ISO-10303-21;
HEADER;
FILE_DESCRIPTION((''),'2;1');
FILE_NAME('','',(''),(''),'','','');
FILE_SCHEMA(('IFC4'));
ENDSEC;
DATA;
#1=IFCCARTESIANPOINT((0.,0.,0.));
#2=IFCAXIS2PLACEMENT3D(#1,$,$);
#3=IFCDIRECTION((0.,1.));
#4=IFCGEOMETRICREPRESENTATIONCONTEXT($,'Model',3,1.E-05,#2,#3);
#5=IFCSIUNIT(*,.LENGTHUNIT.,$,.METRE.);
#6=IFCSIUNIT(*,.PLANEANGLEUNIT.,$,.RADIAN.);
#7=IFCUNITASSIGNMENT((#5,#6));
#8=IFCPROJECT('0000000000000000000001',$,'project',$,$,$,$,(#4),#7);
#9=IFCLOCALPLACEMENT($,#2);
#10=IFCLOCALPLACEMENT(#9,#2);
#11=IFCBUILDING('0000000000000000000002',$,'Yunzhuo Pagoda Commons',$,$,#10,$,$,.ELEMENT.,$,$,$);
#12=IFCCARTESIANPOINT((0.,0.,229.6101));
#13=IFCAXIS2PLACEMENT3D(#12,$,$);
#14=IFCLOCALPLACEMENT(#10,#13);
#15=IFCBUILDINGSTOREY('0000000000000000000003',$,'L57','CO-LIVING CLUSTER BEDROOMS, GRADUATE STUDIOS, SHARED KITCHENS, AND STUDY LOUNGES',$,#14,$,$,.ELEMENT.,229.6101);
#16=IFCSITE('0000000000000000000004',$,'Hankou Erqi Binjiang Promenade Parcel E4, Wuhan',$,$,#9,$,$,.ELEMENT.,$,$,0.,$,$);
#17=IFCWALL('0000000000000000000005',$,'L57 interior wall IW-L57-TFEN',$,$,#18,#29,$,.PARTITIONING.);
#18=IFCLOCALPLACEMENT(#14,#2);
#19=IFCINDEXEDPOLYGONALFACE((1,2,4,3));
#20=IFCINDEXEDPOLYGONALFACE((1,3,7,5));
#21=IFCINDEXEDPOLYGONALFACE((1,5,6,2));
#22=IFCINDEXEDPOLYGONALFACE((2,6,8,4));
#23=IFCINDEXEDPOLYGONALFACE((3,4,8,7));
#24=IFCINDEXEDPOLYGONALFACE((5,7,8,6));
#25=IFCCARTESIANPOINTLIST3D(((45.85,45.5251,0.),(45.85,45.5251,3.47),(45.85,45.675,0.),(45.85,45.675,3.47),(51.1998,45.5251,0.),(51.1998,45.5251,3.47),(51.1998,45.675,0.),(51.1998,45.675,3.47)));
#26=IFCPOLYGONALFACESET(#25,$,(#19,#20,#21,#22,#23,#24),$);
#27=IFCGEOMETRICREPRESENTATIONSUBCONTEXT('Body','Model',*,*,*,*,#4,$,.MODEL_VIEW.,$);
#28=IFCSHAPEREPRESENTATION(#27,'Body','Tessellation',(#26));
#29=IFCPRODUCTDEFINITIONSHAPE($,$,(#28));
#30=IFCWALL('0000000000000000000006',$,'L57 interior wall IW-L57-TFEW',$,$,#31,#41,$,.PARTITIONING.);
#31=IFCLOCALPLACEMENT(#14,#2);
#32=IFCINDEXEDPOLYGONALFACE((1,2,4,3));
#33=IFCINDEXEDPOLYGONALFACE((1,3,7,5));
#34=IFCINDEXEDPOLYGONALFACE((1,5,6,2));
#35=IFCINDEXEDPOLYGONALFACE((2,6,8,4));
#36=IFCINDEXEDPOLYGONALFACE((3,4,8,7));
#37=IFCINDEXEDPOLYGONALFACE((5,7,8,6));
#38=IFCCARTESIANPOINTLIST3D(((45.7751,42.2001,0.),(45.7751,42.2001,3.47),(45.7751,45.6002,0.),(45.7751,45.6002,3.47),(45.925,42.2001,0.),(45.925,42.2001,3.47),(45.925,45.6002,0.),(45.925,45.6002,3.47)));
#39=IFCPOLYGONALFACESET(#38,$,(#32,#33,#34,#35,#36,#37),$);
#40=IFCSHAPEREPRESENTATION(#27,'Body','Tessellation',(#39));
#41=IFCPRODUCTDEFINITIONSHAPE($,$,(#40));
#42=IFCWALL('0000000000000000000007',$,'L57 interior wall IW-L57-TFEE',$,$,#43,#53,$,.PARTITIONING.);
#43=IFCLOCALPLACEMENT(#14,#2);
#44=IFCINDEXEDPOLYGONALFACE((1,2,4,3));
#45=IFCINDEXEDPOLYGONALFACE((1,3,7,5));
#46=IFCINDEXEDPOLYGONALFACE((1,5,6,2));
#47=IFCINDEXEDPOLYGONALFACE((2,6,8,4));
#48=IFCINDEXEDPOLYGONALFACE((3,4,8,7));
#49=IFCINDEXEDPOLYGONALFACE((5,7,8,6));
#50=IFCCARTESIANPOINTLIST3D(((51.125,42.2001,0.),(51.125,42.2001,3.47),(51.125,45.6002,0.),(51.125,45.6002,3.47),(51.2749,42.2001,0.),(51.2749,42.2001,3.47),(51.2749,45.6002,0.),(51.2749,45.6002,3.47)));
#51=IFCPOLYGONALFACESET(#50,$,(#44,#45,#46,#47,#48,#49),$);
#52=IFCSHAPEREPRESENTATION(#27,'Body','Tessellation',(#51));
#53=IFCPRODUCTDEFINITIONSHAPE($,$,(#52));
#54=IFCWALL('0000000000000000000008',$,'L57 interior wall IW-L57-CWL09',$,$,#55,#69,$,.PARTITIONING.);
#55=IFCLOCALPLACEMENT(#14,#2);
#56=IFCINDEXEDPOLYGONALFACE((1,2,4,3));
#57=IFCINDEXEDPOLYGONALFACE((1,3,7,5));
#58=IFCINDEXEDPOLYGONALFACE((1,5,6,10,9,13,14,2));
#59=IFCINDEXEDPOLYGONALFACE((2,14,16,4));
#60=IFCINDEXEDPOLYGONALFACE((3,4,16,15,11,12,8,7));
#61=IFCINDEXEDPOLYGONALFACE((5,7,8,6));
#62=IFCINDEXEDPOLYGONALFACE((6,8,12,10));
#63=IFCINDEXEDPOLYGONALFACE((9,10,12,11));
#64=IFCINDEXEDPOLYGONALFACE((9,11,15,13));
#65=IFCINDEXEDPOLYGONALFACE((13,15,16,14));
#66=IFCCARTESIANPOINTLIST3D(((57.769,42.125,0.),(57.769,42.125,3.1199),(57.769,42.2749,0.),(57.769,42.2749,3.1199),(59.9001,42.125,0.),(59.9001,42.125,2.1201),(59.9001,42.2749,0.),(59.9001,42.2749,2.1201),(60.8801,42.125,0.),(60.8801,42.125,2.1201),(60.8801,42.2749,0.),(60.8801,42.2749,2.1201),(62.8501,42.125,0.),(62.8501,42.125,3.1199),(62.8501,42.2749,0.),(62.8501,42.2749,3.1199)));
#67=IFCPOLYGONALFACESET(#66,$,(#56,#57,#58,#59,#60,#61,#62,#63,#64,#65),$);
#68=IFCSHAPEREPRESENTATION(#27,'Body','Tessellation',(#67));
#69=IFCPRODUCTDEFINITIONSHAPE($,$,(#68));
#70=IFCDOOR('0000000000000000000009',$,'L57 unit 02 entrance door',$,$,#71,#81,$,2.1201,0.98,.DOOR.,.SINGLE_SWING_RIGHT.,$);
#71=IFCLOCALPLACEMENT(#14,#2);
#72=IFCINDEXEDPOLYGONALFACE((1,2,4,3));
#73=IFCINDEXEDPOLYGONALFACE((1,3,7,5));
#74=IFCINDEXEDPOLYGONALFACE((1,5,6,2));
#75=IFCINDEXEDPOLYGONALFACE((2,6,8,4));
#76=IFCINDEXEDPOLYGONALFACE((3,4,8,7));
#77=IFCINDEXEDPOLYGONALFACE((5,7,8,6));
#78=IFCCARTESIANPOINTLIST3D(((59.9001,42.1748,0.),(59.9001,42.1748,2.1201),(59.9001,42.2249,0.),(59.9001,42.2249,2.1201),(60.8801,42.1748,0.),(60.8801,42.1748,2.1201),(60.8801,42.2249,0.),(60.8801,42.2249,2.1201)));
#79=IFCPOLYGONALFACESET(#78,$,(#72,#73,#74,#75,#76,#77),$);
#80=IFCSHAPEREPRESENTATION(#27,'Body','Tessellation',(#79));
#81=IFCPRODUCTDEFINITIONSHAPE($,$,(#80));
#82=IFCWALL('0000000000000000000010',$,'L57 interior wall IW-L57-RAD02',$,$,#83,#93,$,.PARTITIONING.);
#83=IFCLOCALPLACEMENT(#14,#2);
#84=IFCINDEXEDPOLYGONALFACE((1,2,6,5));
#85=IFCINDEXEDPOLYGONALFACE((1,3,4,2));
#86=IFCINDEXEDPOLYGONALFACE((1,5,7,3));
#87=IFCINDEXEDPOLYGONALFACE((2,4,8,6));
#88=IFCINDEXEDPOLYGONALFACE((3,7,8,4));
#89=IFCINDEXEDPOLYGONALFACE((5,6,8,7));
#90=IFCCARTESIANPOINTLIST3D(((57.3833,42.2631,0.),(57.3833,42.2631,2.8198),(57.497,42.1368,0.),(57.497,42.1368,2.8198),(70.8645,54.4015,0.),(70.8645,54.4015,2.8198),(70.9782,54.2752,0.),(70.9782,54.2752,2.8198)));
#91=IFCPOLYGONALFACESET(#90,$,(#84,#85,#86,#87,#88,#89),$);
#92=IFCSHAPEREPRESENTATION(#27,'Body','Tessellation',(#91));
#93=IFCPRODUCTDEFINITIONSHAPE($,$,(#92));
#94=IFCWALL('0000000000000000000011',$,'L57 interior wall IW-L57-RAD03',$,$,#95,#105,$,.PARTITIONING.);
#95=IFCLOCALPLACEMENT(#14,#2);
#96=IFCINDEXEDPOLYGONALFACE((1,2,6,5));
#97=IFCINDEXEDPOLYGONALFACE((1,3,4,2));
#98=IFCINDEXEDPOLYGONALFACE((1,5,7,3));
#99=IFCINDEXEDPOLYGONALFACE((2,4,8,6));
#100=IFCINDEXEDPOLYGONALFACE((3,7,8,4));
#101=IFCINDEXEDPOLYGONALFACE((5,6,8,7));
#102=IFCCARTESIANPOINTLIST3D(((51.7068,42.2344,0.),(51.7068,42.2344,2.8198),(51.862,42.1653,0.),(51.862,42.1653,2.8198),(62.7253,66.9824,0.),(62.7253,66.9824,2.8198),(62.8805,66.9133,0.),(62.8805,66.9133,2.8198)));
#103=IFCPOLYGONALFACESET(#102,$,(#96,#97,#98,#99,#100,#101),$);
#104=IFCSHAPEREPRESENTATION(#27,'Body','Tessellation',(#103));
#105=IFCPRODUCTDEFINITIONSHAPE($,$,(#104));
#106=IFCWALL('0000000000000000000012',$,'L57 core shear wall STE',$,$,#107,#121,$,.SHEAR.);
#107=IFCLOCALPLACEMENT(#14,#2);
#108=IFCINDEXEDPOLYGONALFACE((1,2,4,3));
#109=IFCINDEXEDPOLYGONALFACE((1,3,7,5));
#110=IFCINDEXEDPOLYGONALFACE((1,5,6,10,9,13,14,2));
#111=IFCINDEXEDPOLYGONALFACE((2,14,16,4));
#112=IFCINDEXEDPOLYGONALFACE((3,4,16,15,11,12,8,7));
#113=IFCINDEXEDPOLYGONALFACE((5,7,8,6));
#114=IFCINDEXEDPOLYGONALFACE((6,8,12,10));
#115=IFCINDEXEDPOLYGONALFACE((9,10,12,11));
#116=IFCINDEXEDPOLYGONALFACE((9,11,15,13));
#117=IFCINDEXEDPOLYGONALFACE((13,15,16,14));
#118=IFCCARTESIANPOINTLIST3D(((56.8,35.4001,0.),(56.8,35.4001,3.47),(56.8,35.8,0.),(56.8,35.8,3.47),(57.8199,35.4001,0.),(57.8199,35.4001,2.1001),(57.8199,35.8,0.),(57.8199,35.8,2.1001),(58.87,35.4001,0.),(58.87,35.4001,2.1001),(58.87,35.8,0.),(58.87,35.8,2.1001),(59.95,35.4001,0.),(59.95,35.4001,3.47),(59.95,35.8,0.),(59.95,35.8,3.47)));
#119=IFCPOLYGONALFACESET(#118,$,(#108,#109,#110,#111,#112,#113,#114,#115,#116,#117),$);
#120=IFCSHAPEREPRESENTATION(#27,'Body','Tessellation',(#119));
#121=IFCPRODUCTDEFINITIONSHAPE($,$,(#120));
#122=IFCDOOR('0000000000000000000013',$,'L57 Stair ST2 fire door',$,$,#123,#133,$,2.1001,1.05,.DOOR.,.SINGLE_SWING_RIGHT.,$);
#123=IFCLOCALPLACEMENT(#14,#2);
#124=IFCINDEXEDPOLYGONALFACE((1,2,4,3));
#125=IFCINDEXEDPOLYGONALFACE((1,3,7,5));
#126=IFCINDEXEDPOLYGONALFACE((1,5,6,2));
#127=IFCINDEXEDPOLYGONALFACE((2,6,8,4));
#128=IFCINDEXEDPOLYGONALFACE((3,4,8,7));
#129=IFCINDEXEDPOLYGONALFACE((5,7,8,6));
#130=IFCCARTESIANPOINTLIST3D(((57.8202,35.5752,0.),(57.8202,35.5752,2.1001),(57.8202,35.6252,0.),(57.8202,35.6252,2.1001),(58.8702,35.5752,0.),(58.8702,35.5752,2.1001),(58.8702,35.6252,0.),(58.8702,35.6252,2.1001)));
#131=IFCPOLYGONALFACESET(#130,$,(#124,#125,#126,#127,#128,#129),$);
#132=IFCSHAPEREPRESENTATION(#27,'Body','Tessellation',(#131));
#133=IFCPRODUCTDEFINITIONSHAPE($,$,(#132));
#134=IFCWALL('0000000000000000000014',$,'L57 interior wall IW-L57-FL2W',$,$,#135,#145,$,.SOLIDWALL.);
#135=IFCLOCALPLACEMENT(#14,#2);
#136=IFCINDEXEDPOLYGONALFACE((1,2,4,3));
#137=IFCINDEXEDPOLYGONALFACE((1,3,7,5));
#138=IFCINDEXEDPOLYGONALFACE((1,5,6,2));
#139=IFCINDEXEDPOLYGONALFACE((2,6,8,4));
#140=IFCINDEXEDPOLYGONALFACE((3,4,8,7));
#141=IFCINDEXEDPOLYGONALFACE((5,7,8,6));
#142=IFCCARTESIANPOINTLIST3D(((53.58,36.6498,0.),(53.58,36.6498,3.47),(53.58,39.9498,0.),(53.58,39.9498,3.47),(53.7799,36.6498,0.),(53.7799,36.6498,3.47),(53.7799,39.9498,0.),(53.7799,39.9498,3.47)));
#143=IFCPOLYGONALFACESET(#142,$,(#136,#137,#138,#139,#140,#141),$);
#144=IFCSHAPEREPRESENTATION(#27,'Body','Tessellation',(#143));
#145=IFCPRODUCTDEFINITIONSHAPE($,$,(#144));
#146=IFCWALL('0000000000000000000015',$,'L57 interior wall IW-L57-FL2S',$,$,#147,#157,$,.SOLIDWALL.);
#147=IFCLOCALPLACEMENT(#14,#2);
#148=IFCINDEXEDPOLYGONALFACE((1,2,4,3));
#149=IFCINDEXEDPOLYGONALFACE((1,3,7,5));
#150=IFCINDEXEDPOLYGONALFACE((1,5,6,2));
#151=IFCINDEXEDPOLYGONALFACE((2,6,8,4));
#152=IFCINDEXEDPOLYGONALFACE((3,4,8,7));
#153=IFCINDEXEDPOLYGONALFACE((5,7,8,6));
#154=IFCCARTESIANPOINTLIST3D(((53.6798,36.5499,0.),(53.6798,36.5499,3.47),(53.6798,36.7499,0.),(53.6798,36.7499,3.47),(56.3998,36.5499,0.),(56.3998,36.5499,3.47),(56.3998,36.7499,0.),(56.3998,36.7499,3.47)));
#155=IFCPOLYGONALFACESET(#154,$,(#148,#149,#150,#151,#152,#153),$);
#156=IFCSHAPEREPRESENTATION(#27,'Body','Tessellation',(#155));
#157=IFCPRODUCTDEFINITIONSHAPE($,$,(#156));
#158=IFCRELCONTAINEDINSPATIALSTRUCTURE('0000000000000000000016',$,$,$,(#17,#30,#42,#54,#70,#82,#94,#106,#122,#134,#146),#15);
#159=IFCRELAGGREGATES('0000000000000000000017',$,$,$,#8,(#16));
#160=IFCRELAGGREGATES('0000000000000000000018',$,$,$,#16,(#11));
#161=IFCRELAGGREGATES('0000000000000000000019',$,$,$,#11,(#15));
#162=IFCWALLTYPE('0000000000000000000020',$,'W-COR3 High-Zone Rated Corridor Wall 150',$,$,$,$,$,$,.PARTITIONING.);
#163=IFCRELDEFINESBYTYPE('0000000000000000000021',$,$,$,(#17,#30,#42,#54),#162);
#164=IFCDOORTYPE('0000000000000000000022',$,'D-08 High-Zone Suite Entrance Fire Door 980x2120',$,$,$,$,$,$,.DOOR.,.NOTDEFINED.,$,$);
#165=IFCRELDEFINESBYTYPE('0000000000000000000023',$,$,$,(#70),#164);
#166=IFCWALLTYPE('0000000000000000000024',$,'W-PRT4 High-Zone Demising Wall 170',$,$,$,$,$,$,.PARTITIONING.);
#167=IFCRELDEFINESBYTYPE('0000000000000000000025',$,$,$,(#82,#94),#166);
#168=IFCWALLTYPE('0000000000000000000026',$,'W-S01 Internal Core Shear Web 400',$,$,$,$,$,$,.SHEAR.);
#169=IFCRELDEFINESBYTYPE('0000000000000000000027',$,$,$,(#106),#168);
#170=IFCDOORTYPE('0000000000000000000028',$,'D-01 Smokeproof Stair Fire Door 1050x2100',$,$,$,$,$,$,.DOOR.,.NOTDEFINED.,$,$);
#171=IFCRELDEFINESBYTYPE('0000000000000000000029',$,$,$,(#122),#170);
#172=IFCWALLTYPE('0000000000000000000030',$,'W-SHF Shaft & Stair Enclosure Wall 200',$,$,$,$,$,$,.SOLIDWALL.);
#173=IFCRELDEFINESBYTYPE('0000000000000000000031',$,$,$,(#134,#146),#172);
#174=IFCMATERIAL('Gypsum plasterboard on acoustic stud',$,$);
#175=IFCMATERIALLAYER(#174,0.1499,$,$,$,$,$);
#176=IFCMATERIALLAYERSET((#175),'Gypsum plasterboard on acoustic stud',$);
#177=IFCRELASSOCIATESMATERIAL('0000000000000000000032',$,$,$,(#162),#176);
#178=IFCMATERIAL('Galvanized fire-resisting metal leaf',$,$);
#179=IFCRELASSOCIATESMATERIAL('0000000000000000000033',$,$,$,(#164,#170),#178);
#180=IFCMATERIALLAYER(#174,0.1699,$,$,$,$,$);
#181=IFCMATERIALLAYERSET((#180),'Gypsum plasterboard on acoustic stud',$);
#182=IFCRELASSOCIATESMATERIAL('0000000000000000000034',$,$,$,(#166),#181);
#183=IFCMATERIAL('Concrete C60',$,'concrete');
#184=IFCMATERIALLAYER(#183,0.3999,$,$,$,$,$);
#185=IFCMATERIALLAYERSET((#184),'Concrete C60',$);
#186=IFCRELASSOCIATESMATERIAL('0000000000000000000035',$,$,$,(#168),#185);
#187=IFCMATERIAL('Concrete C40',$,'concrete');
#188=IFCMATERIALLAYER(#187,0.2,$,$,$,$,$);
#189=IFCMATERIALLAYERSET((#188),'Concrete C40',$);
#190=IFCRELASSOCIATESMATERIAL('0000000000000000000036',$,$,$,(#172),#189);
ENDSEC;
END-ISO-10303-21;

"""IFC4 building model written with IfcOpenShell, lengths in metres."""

from ifc_helpers import new_model, si_unit, direction, frame, frame_2d, origin, origin_with_axes, place, context, subcontext, project, spatial, rectangle, extrude, source, transform, mapped, material, layer, layer_set, type_object, element, fill, save


model = new_model("IFC4")

# Units and contexts
model_context = context("Model", 3, precision=1e-05, world=origin(), true_north=direction((0.0, 1.0)))
body_context = subcontext(model_context, "Body", "Model", "MODEL_VIEW")
ifc_project = project(units=[si_unit("LENGTHUNIT", "METRE"), si_unit("PLANEANGLEUNIT", "RADIAN")], contexts=[model_context])

# Site, building, storey
site_placement = place(None, origin())
site = spatial("IfcSite", under=ifc_project, at=site_placement, Name="Hankou Erqi Binjiang Promenade Parcel E4, Wuhan", CompositionType="ELEMENT", RefElevation=0.0)
building_placement = place(site_placement, origin())
building = spatial("IfcBuilding", under=site, at=building_placement, Name="Yunzhuo Pagoda Commons", CompositionType="ELEMENT")
storey_placement = place(building_placement, frame((0.0, 0.0, 229.6101)))
storey = spatial("IfcBuildingStorey", under=building, at=storey_placement, Name="L57", Description="CO-LIVING CLUSTER BEDROOMS, GRADUATE STUDIOS, SHARED KITCHENS, AND STUDY LOUNGES", CompositionType="ELEMENT", Elevation=229.6101)

# Shared definitions
ifc_material_1 = material(Name="Galvanized fire-resisting metal leaf")
shared_shape_1 = source(origin(), body_context, "Body", "SweptSolid", [
    extrude(rectangle(XDim=1.05, YDim=2.1001, at=frame_2d((0.5249, 1.05))), frame((0.0, 0.0249, 0.0), z_axis=(0.0, -1.0, 0.0), x_axis=(1.0, 0.0, 0.0)), (0.0, 0.0, 1.0), 0.05),
])
ifc_material_2 = material(Name="Gypsum plasterboard on acoustic stud")
ifc_layer_1 = layer(ifc_material_2, 0.1499)
ifc_layer_set_1 = layer_set([ifc_layer_1], Name="Gypsum plasterboard on acoustic stud")
wall_type_1 = type_object("IfcWallType", Name="W-COR3 High-Zone Rated Corridor Wall 150", PredefinedType="PARTITIONING", material=ifc_layer_set_1)

# Walls
wall_1_placement = place(storey_placement, frame((45.8501, 45.6001, 0.0), z_axis=(0.0, 0.0, 1.0), x_axis=(1.0, 0.0, 0.0)))
element("IfcWall", 1, at=wall_1_placement, inside=storey, type_object=wall_type_1, Name="L57 interior wall IW-L57-TFEN", PredefinedType="PARTITIONING", context=body_context, shape_type="SweptSolid", body=[
    extrude(rectangle(XDim=5.3499, YDim=0.1499, at=frame_2d((2.6748, 0.0))), origin(), (0.0, 0.0, 1.0), 3.47),
])
for number, where, z_axis, x_axis, name in (
    (2, (45.8501, 42.2, 0.0), (0.0, 0.0, 1.0), (0.0, 1.0, 0.0), "L57 interior wall IW-L57-TFEW"),
    (3, (51.2, 42.2, 0.0), (0.0, 0.0, 1.0), (0.0, 1.0, 0.0), "L57 interior wall IW-L57-TFEE"),
):
    element("IfcWall", number, at=place(storey_placement, frame(where, z_axis=z_axis, x_axis=x_axis)), inside=storey, type_object=wall_type_1, Name=name, PredefinedType="PARTITIONING", context=body_context, shape_type="SweptSolid", body=[
        extrude(rectangle(XDim=3.4001, YDim=0.1499, at=frame_2d((1.7002, 0.0))), origin(), (0.0, 0.0, 1.0), 3.47),
    ])

# Wall, opening, door
door_type_1 = type_object("IfcDoorType", Name="D-08 High-Zone Suite Entrance Fire Door 980x2120", OperationType="NOTDEFINED", PredefinedType="DOOR", material=ifc_material_1)
shared_shape_2 = source(origin(), body_context, "Body", "SweptSolid", [
    extrude(rectangle(XDim=0.98, YDim=2.1201, at=frame_2d((0.49, 1.0601))), frame((0.0, 0.0249, 0.0), z_axis=(0.0, -1.0, 0.0), x_axis=(1.0, 0.0, 0.0)), (0.0, 0.0, 1.0), 0.05),
])
wall_2_placement = place(storey_placement, frame((57.769, 42.2, 0.0), z_axis=(0.0, 0.0, 1.0), x_axis=(1.0, 0.0, 0.0)))
wall_2 = element("IfcWall", 4, at=wall_2_placement, inside=storey, type_object=wall_type_1, Name="L57 interior wall IW-L57-CWL09", PredefinedType="PARTITIONING", context=body_context, shape_type="SweptSolid", body=[
    extrude(rectangle(XDim=5.0811, YDim=0.1499, at=frame_2d((2.5405, 0.0))), origin(), (0.0, 0.0, 1.0), 3.1199),
])
opening_1_placement = place(wall_2_placement, frame((2.1311, 0.0, 0.0)))
opening_1 = element("IfcOpeningElement", 5, at=opening_1_placement, cuts=wall_2, PredefinedType="OPENING", context=body_context, shape_type="SweptSolid", body=[
    extrude(rectangle(XDim=0.98, YDim=2.1201, at=frame_2d((0.49, 1.0601))), frame((0.0, 0.085, 0.0), z_axis=(0.0, -1.0, 0.0), x_axis=(1.0, 0.0, 0.0)), (0.0, 0.0, 1.0), 0.1699),
])
door_1_placement = place(opening_1_placement, origin_with_axes())
door_1 = element("IfcDoor", 6, at=door_1_placement, inside=storey, type_object=door_type_1, Name="L57 unit 02 entrance door", OperationType="SINGLE_SWING_RIGHT", OverallHeight=2.1201, OverallWidth=0.98, PredefinedType="DOOR", context=body_context, shape_type="MappedRepresentation", body=[
    mapped(shared_shape_2, transform((0.0, 0.0, 0.0), scale=1.0)),
])
fill(opening_1, door_1)

# Walls
ifc_layer_2 = layer(ifc_material_2, 0.1699)
ifc_layer_set_2 = layer_set([ifc_layer_2], Name="Gypsum plasterboard on acoustic stud")
wall_type_2 = type_object("IfcWallType", Name="W-PRT4 High-Zone Demising Wall 170", PredefinedType="PARTITIONING", material=ifc_layer_set_2)
wall_3_placement = place(storey_placement, frame((57.4402, 42.2, 0.0), z_axis=(0.0, 0.0, 1.0), x_axis=(0.743148, 0.669128, 0.0)))
element("IfcWall", 7, at=wall_3_placement, inside=storey, type_object=wall_type_2, Name="L57 interior wall IW-L57-RAD02", PredefinedType="PARTITIONING", context=body_context, shape_type="SweptSolid", body=[
    extrude(rectangle(XDim=18.1406, YDim=0.1699, at=frame_2d((9.0703, 0.0))), origin(), (0.0, 0.0, 1.0), 2.8198),
])
wall_4_placement = place(storey_placement, frame((51.7844, 42.2, 0.0), z_axis=(0.0, 0.0, 1.0), x_axis=(0.406737, 0.913545, 0.0)))
element("IfcWall", 8, at=wall_4_placement, inside=storey, type_object=wall_type_2, Name="L57 interior wall IW-L57-RAD03", PredefinedType="PARTITIONING", context=body_context, shape_type="SweptSolid", body=[
    extrude(rectangle(XDim=27.0901, YDim=0.1699, at=frame_2d((13.5449, 0.0))), origin(), (0.0, 0.0, 1.0), 2.8198),
])

# Wall, opening, door
ifc_material_3 = material(Name="Concrete C60", Category="concrete")
ifc_layer_3 = layer(ifc_material_3, 0.3999)
ifc_layer_set_3 = layer_set([ifc_layer_3], Name="Concrete C60")
wall_type_3 = type_object("IfcWallType", Name="W-S01 Internal Core Shear Web 400", PredefinedType="SHEAR", material=ifc_layer_set_3)
wall_5_placement = place(storey_placement, frame((56.8, 35.6001, 0.0), z_axis=(0.0, 0.0, 1.0), x_axis=(1.0, 0.0, 0.0)))
wall_5 = element("IfcWall", 9, at=wall_5_placement, inside=storey, type_object=wall_type_3, Name="L57 core shear wall STE", PredefinedType="SHEAR", context=body_context, shape_type="SweptSolid", body=[
    extrude(rectangle(XDim=3.1499, YDim=0.3999, at=frame_2d((1.575, 0.0))), origin(), (0.0, 0.0, 1.0), 3.47),
])
opening_2_placement = place(wall_5_placement, frame((1.02, 0.0, 0.0)))
opening_2 = element("IfcOpeningElement", 10, at=opening_2_placement, cuts=wall_5, PredefinedType="OPENING", context=body_context, shape_type="SweptSolid", body=[
    extrude(rectangle(XDim=1.05, YDim=2.1001, at=frame_2d((0.5249, 1.05))), frame((0.0, 0.21, 0.0), z_axis=(0.0, -1.0, 0.0), x_axis=(1.0, 0.0, 0.0)), (0.0, 0.0, 1.0), 0.4199),
])
door_type_2 = type_object("IfcDoorType", Name="D-01 Smokeproof Stair Fire Door 1050x2100", OperationType="NOTDEFINED", PredefinedType="DOOR", material=ifc_material_1)
door_2_placement = place(opening_2_placement, frame((1.05, 0.0, 0.0), z_axis=(0.0, 0.0, 1.0), x_axis=(-1.0, 0.0, 0.0)))
door_2 = element("IfcDoor", 11, at=door_2_placement, inside=storey, type_object=door_type_2, Name="L57 Stair ST2 fire door", OperationType="SINGLE_SWING_RIGHT", OverallHeight=2.1001, OverallWidth=1.05, PredefinedType="DOOR", context=body_context, shape_type="MappedRepresentation", body=[
    mapped(shared_shape_1, transform((0.0, 0.0, 0.0), scale=1.0)),
])
fill(opening_2, door_2)

# Walls
ifc_material_4 = material(Name="Concrete C40", Category="concrete")
ifc_layer_4 = layer(ifc_material_4, 0.2)
ifc_layer_set_4 = layer_set([ifc_layer_4], Name="Concrete C40")
wall_type_4 = type_object("IfcWallType", Name="W-SHF Shaft & Stair Enclosure Wall 200", PredefinedType="SOLIDWALL", material=ifc_layer_set_4)
wall_6_placement = place(storey_placement, frame((53.6799, 36.6499, 0.0), z_axis=(0.0, 0.0, 1.0), x_axis=(0.0, 1.0, 0.0)))
element("IfcWall", 12, at=wall_6_placement, inside=storey, type_object=wall_type_4, Name="L57 interior wall IW-L57-FL2W", PredefinedType="SOLIDWALL", context=body_context, shape_type="SweptSolid", body=[
    extrude(rectangle(XDim=3.3, YDim=0.2, at=frame_2d((1.6499, 0.0))), origin(), (0.0, 0.0, 1.0), 3.47),
])
wall_7_placement = place(storey_placement, frame((53.6799, 36.6499, 0.0), z_axis=(0.0, 0.0, 1.0), x_axis=(1.0, 0.0, 0.0)))
element("IfcWall", 13, at=wall_7_placement, inside=storey, type_object=wall_type_4, Name="L57 interior wall IW-L57-FL2S", PredefinedType="SOLIDWALL", context=body_context, shape_type="SweptSolid", body=[
    extrude(rectangle(XDim=2.72, YDim=0.2, at=frame_2d((1.3599, 0.0))), origin(), (0.0, 0.0, 1.0), 3.47),
])

save(model, "model.ifc")
